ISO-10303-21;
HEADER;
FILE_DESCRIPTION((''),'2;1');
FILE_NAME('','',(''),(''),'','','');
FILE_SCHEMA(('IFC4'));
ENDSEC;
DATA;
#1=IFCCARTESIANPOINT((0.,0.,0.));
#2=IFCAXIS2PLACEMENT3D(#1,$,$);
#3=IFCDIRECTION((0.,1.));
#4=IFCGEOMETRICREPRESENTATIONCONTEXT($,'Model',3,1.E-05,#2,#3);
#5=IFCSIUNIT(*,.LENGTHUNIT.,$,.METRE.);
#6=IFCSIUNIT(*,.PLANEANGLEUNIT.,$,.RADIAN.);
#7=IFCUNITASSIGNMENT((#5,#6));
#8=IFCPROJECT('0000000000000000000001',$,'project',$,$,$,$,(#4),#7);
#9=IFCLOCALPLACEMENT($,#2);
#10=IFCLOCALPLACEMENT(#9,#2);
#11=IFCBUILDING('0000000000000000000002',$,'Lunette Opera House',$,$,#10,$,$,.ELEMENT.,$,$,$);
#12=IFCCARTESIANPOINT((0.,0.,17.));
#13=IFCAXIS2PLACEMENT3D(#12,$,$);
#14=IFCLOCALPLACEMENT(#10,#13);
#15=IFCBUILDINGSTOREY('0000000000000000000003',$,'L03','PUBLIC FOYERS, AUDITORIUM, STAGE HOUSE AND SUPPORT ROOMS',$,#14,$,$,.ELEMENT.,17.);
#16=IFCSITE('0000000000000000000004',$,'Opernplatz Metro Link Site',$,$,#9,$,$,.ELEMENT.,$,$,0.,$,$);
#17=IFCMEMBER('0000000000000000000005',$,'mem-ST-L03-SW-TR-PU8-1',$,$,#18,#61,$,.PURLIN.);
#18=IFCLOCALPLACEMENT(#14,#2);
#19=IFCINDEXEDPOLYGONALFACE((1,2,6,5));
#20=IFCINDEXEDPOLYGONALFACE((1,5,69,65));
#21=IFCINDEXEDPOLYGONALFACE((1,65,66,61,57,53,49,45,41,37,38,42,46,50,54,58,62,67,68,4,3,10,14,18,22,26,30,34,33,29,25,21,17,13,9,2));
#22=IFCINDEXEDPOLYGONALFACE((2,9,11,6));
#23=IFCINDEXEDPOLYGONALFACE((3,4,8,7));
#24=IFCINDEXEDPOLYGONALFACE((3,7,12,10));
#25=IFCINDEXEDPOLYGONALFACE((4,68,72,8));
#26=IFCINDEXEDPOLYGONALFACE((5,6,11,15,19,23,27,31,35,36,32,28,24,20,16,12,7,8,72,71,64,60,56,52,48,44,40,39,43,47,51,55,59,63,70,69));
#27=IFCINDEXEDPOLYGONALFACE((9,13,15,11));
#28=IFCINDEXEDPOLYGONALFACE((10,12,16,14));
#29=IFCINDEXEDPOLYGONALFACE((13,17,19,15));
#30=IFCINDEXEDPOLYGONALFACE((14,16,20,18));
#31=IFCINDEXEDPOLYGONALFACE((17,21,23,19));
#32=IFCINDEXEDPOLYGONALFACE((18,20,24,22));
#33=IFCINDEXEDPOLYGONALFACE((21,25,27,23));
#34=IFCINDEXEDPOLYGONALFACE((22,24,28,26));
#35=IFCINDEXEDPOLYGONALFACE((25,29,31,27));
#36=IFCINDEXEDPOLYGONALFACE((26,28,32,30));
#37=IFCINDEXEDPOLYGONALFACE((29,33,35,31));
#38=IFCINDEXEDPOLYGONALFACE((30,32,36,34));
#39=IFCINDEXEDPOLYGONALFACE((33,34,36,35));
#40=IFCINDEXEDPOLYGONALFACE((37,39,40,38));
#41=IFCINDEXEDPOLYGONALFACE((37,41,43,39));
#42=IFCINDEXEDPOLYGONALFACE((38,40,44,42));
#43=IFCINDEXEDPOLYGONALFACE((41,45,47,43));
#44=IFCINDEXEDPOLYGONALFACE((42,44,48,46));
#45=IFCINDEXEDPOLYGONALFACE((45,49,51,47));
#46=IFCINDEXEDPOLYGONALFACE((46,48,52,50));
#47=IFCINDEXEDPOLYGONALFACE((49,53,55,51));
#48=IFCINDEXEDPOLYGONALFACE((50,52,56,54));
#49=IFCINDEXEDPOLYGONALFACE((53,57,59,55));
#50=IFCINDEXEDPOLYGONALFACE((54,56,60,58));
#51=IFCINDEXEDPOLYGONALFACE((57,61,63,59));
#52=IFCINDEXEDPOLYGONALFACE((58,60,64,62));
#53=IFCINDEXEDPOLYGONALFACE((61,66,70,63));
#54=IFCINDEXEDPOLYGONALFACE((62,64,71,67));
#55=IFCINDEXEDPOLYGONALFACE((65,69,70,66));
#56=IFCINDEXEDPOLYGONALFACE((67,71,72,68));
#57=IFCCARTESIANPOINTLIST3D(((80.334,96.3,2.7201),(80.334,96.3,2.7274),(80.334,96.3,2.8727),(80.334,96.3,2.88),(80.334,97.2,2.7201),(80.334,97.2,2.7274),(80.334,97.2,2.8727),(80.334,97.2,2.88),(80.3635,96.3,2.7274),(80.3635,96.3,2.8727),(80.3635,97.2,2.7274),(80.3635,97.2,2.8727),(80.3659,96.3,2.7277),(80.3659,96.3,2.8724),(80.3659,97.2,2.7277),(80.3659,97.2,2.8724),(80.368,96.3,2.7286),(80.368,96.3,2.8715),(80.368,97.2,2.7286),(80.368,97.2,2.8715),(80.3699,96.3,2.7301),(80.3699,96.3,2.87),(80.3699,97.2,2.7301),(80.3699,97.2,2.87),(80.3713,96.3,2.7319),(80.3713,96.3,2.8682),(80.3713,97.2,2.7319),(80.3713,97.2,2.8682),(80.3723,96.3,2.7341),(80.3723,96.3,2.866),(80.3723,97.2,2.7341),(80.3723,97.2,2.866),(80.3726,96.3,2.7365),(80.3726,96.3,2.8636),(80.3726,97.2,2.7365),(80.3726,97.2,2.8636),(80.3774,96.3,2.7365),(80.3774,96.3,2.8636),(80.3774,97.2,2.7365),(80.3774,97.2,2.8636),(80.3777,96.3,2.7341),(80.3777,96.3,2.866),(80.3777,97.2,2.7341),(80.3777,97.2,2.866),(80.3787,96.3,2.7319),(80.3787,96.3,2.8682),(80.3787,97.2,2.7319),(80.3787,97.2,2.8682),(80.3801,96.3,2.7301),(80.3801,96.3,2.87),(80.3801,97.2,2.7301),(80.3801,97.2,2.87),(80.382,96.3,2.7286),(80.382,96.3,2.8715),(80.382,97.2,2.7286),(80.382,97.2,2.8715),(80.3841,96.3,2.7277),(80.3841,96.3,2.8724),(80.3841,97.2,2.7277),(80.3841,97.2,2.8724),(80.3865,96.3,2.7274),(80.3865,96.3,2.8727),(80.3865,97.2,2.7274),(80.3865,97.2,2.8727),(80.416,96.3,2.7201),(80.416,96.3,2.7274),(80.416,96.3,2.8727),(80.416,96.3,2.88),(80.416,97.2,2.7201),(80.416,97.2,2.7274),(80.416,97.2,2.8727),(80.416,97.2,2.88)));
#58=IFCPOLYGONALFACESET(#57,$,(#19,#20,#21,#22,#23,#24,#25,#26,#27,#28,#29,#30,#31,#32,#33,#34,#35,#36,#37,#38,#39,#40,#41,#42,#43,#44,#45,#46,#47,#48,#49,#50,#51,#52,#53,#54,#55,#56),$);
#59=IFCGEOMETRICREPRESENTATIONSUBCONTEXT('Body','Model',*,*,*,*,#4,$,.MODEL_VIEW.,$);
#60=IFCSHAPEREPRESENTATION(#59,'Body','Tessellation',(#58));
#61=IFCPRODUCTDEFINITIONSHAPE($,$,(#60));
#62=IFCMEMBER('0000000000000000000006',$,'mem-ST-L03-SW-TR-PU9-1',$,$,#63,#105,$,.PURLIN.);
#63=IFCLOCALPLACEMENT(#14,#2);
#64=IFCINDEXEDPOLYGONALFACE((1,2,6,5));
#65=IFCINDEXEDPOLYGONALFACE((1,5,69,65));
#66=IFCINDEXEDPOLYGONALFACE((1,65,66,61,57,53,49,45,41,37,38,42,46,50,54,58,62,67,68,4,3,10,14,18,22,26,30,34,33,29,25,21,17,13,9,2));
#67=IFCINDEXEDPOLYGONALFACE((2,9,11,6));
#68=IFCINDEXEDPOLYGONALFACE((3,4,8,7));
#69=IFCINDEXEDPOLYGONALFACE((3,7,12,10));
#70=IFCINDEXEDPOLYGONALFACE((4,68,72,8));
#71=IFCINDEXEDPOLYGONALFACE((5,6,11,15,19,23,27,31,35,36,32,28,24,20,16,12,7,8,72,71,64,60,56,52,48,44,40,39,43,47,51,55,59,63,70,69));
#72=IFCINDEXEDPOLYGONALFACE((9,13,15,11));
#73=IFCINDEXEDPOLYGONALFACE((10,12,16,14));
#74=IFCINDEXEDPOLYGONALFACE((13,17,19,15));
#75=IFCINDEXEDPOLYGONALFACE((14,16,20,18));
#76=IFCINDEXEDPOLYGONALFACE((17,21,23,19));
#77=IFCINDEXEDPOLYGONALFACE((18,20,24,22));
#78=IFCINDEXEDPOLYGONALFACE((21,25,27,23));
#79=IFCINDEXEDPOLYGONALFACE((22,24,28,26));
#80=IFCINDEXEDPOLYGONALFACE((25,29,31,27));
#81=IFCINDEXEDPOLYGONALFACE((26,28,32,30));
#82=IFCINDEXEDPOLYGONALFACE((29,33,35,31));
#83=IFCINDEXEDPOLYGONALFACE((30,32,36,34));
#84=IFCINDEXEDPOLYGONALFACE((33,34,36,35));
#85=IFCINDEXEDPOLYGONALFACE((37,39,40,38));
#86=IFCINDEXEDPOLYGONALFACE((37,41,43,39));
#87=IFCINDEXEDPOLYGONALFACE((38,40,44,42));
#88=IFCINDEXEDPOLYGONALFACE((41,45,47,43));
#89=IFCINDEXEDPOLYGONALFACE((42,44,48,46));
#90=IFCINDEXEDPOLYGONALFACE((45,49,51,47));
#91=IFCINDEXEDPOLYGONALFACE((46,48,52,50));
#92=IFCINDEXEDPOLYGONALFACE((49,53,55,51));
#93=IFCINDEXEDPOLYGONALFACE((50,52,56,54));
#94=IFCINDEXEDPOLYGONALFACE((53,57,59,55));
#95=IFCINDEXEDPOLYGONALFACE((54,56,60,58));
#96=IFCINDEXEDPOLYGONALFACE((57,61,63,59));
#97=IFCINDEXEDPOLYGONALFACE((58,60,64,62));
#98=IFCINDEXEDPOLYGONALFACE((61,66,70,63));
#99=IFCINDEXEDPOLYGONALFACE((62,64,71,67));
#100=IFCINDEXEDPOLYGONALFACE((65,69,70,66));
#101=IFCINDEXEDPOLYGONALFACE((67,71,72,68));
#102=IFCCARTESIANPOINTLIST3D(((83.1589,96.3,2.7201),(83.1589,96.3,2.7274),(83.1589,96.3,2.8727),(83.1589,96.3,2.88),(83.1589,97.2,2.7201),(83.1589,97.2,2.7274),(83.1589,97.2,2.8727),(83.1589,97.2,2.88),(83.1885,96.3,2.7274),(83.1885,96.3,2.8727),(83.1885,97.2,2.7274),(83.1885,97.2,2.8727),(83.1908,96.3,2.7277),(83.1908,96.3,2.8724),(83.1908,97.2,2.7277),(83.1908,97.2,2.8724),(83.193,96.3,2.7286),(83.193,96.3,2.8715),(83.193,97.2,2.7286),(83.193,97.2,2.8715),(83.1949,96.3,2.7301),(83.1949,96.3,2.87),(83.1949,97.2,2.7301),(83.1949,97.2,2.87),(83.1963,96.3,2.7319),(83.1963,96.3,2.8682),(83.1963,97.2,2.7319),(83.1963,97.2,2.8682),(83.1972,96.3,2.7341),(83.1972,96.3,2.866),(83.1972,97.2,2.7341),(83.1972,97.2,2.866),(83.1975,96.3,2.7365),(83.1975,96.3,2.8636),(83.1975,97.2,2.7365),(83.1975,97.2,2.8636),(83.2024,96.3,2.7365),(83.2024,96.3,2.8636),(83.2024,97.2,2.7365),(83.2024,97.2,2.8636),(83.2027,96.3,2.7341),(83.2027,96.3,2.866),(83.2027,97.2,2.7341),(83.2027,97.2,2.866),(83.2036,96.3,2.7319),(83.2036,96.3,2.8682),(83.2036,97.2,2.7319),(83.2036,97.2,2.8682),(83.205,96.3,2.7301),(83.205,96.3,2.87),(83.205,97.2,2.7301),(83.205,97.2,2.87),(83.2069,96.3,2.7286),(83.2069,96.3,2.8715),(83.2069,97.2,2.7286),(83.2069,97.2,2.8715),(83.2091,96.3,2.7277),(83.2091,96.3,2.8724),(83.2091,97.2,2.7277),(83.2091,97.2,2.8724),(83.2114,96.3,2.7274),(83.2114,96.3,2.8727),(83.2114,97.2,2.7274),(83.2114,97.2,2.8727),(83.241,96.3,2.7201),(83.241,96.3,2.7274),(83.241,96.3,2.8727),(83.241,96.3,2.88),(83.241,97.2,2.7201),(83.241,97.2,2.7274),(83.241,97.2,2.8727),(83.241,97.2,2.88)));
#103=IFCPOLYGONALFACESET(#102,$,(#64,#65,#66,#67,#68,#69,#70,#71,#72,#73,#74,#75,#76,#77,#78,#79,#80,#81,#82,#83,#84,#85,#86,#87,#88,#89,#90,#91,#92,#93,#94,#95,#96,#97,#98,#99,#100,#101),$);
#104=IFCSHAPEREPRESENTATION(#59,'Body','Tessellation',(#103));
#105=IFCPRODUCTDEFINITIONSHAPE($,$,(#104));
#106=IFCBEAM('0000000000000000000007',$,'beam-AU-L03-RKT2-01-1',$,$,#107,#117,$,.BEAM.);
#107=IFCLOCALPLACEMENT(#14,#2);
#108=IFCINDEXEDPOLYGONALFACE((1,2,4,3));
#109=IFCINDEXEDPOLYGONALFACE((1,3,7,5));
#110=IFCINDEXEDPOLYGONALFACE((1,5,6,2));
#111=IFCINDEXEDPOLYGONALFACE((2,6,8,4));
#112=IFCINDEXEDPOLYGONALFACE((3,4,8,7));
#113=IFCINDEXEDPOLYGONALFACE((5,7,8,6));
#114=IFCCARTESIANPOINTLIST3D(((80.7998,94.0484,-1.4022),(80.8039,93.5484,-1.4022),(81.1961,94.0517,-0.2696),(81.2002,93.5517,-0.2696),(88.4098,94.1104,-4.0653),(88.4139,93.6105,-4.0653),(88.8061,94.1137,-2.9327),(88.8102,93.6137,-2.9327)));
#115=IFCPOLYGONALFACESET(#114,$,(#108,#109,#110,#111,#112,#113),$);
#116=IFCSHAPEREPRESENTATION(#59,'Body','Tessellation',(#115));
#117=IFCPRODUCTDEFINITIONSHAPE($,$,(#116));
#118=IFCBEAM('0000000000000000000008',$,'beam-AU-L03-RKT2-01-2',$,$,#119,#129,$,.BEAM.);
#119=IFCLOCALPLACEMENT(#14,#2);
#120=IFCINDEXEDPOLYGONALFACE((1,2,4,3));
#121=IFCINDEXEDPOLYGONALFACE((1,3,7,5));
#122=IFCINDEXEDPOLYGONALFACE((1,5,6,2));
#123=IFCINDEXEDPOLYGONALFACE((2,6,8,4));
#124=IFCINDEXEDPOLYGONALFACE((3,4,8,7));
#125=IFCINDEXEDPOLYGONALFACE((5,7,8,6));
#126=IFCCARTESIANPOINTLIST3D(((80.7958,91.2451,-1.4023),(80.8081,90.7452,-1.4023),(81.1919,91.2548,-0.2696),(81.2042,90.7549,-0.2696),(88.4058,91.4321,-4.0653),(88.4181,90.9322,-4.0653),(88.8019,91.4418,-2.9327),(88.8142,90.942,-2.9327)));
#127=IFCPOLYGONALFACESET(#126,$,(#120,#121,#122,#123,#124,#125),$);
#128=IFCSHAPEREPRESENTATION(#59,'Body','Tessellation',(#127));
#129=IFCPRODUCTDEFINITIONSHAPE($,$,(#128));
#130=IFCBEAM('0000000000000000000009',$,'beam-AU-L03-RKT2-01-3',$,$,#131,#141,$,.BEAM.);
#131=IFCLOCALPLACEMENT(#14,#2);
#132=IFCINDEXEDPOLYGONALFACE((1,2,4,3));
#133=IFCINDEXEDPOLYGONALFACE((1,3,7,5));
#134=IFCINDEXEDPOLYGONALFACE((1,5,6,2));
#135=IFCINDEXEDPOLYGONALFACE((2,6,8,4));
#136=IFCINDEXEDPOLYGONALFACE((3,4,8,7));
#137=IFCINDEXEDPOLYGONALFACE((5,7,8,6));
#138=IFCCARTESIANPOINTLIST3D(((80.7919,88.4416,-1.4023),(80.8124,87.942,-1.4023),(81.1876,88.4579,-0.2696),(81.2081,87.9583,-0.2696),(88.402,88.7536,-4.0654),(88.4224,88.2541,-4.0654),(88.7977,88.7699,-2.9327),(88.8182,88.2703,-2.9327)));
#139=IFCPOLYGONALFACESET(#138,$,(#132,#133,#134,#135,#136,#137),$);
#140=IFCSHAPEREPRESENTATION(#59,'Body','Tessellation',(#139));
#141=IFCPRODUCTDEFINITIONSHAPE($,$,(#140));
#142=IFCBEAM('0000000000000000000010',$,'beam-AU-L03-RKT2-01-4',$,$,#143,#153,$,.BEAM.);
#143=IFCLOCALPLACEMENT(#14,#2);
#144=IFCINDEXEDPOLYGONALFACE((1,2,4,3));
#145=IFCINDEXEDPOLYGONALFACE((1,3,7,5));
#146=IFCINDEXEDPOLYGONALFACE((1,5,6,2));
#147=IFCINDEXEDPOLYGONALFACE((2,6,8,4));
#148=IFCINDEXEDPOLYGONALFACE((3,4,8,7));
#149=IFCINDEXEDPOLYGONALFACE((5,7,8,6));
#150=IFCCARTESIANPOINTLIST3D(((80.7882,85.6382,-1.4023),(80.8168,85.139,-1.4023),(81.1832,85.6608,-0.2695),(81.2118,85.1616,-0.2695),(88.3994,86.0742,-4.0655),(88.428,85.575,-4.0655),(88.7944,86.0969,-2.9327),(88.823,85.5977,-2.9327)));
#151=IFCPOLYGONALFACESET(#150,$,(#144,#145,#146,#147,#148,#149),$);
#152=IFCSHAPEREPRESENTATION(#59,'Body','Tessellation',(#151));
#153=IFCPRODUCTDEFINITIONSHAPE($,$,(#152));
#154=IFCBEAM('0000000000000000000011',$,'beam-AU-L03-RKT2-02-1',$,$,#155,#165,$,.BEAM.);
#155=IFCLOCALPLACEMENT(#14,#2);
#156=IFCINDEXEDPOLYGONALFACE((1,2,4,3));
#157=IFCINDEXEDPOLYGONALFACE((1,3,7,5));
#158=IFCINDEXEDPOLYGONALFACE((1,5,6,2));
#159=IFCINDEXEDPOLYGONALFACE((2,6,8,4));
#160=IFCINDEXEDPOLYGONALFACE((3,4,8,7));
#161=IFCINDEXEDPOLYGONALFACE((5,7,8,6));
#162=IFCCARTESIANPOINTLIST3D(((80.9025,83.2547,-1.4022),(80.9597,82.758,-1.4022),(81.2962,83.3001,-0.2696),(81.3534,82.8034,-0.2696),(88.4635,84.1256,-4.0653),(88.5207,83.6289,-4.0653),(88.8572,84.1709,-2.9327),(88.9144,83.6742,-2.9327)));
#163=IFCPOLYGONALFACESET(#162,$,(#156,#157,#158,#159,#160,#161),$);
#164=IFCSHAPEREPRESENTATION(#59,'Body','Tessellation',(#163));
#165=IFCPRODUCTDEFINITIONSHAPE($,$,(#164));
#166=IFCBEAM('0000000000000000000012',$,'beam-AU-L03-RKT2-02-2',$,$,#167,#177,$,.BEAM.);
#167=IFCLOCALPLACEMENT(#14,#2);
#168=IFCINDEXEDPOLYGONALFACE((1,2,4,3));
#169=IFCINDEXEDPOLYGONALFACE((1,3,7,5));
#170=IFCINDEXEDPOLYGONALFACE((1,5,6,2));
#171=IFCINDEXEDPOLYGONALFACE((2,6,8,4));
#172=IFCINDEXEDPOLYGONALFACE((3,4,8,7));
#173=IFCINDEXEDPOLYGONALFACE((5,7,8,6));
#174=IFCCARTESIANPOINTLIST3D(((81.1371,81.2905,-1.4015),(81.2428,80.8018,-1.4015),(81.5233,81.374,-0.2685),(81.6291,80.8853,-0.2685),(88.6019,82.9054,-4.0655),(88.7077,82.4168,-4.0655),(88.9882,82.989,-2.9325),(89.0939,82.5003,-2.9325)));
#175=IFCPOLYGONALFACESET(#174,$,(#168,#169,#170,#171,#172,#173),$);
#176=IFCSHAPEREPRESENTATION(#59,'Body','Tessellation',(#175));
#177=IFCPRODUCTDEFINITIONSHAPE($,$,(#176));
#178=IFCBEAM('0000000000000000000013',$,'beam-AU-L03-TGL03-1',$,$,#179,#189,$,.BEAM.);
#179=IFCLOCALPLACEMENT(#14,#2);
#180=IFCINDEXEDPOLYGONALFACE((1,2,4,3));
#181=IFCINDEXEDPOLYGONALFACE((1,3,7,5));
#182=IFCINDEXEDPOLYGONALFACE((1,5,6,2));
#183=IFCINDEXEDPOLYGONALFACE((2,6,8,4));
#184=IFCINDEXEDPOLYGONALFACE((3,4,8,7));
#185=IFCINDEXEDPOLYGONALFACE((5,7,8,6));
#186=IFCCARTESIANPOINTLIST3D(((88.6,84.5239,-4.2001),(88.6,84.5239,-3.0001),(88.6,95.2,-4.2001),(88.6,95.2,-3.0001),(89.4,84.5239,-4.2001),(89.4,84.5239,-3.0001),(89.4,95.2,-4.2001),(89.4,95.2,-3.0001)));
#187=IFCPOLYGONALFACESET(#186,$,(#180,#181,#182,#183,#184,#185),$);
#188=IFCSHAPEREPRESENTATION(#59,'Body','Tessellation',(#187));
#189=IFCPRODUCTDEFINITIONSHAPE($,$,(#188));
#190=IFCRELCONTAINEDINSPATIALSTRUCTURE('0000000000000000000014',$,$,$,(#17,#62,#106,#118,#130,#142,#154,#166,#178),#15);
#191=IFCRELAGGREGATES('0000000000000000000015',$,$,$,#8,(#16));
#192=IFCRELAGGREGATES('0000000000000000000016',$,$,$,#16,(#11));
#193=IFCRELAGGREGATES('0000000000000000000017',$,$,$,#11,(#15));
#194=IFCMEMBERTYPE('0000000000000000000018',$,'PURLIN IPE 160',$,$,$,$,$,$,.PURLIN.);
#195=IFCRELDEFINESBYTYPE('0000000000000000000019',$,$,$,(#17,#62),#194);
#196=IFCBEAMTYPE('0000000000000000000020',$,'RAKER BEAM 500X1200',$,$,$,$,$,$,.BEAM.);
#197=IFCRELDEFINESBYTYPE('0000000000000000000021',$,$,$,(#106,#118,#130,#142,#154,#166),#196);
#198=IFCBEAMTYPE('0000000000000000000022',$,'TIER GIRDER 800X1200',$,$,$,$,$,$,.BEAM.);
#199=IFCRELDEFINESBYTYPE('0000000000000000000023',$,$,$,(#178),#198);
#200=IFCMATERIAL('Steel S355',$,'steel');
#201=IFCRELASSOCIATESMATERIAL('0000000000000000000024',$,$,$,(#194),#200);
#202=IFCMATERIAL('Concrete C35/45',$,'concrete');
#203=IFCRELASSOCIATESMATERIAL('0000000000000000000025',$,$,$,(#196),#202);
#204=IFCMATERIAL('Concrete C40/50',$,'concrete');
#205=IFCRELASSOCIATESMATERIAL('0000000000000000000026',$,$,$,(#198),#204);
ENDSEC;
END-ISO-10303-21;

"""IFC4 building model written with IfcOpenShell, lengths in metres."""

from ifc_helpers import new_model, si_unit, direction, frame, origin, origin_2d, place, context, subcontext, project, spatial, rectangle, i_section, extrude, material, material_profile, profile_set, type_object, element, save


model = new_model("IFC4")

# Units and contexts
model_context = context("Model", 3, precision=1e-05, world=origin(), true_north=direction((0.0, 1.0)))
body_context = subcontext(model_context, "Body", "Model", "MODEL_VIEW")
ifc_project = project(units=[si_unit("LENGTHUNIT", "METRE"), si_unit("PLANEANGLEUNIT", "RADIAN")], contexts=[model_context])

# Site, building, storey
site_placement = place(None, origin())
site = spatial("IfcSite", under=ifc_project, at=site_placement, Name="Opernplatz Metro Link Site", CompositionType="ELEMENT", RefElevation=0.0)
building_placement = place(site_placement, origin())
building = spatial("IfcBuilding", under=site, at=building_placement, Name="Lunette Opera House", CompositionType="ELEMENT")
storey_placement = place(building_placement, frame((0.0, 0.0, 17.0)))
storey = spatial("IfcBuildingStorey", under=building, at=storey_placement, Name="L03", Description="PUBLIC FOYERS, AUDITORIUM, STAGE HOUSE AND SUPPORT ROOMS", CompositionType="ELEMENT", Elevation=17.0)

# Members
ifc_material_1 = material(Name="Steel S355", Category="steel")
ifc_material_profile_1 = material_profile(ifc_material_1, i_section(OverallWidth=0.082, OverallDepth=0.1599, WebThickness=0.0049, FlangeThickness=0.0073, FilletRadius=0.009, at=origin_2d()), Name="IPE 160")
ifc_profile_set_1 = profile_set([ifc_material_profile_1], Name="Steel S355")
member_type_1 = type_object("IfcMemberType", Name="PURLIN IPE 160", PredefinedType="PURLIN", material=ifc_profile_set_1)
for number, where, z_axis, x_axis, name in (
    (1, (80.375, 96.3, 2.8), (0.0, 1.0, 0.0), (-1.0, 0.0, 0.0), "mem-ST-L03-SW-TR-PU8-1"),
    (2, (83.2, 96.3, 2.8), (0.0, 1.0, 0.0), (-1.0, 0.0, 0.0), "mem-ST-L03-SW-TR-PU9-1"),
):
    element("IfcMember", number, at=place(storey_placement, frame(where, z_axis=z_axis, x_axis=x_axis)), inside=storey, type_object=member_type_1, Name=name, PredefinedType="PURLIN", context=body_context, shape_type="SweptSolid", body=[
        extrude(i_section(OverallWidth=0.082, OverallDepth=0.1599, WebThickness=0.0049, FlangeThickness=0.0073, FilletRadius=0.009, at=origin_2d()), origin(), (0.0, 0.0, 1.0), 0.8999),
    ])

# Beams
ifc_material_2 = material(Name="Concrete C35/45", Category="concrete")
ifc_material_profile_2 = material_profile(ifc_material_2, rectangle(XDim=0.5, YDim=1.2, at=origin_2d()), Name="RAKER BEAM 500X1200")
ifc_profile_set_2 = profile_set([ifc_material_profile_2], Name="Concrete C35/45")
beam_type_1 = type_object("IfcBeamType", Name="RAKER BEAM 500X1200", PredefinedType="BEAM", material=ifc_profile_set_2)
beam_1_placement = place(storey_placement, frame((81.0, 93.8, -0.8359), z_axis=(0.943848, 0.007691, -0.330291), x_axis=(-0.008148, 0.999967, 0.0)))
element("IfcBeam", 3, at=beam_1_placement, inside=storey, type_object=beam_type_1, Name="beam-AU-L03-RKT2-01-1", PredefinedType="BEAM", context=body_context, shape_type="SweptSolid", body=[
    extrude(rectangle(XDim=0.5, YDim=1.2, at=origin_2d()), origin(), (0.0, 0.0, 1.0), 8.0627),
])
beam_2_placement = place(storey_placement, frame((81.0, 91.0, -0.8359), z_axis=(0.943622, 0.023189, -0.330212), x_axis=(-0.024567, 0.999698, 0.0)))
element("IfcBeam", 4, at=beam_2_placement, inside=storey, type_object=beam_type_1, Name="beam-AU-L03-RKT2-01-2", PredefinedType="BEAM", context=body_context, shape_type="SweptSolid", body=[
    extrude(rectangle(XDim=0.5, YDim=1.2, at=origin_2d()), origin(), (0.0, 0.0, 1.0), 8.0647),
])
beam_3_placement = place(storey_placement, frame((81.0, 88.2, -0.8359), z_axis=(0.94317, 0.03867, -0.330053), x_axis=(-0.040965, 0.999161, 0.0)))
element("IfcBeam", 5, at=beam_3_placement, inside=storey, type_object=beam_type_1, Name="beam-AU-L03-RKT2-01-3", PredefinedType="BEAM", context=body_context, shape_type="SweptSolid", body=[
    extrude(rectangle(XDim=0.5, YDim=1.2, at=origin_2d()), origin(), (0.0, 0.0, 1.0), 8.0686),
])
beam_4_placement = place(storey_placement, frame((81.0, 85.3999, -0.8359), z_axis=(0.942512, 0.053996, -0.329781), x_axis=(-0.057196, 0.998363, 0.0)))
element("IfcBeam", 6, at=beam_4_placement, inside=storey, type_object=beam_type_1, Name="beam-AU-L03-RKT2-01-4", PredefinedType="BEAM", context=body_context, shape_type="SweptSolid", body=[
    extrude(rectangle(XDim=0.5, YDim=1.2, at=origin_2d()), origin(), (0.0, 0.0, 1.0), 8.0754),
])
beam_5_placement = place(storey_placement, frame((81.1279, 83.0291, -0.8359), z_axis=(0.937689, 0.107999, -0.330265), x_axis=(-0.11442, 0.993433, 0.0)))
element("IfcBeam", 7, at=beam_5_placement, inside=storey, type_object=beam_type_1, Name="beam-AU-L03-RKT2-02-1", PredefinedType="BEAM", context=body_context, shape_type="SweptSolid", body=[
    extrude(rectangle(XDim=0.5, YDim=1.2, at=origin_2d()), origin(), (0.0, 0.0, 1.0), 8.0635),
])
beam_6_placement = place(storey_placement, frame((81.3831, 81.0879, -0.835), z_axis=(0.922857, 0.199657, -0.32935), x_axis=(-0.211454, 0.977388, 0.0)))
element("IfcBeam", 8, at=beam_6_placement, inside=storey, type_object=beam_type_1, Name="beam-AU-L03-RKT2-02-2", PredefinedType="BEAM", context=body_context, shape_type="SweptSolid", body=[
    extrude(rectangle(XDim=0.5, YDim=1.2, at=origin_2d()), origin(), (0.0, 0.0, 1.0), 8.0889),
])
ifc_material_3 = material(Name="Concrete C40/50", Category="concrete")
ifc_material_profile_3 = material_profile(ifc_material_3, rectangle(XDim=0.8, YDim=1.2, at=origin_2d()), Name="TIER GIRDER 800X1200")
ifc_profile_set_3 = profile_set([ifc_material_profile_3], Name="Concrete C40/50")
beam_type_2 = type_object("IfcBeamType", Name="TIER GIRDER 800X1200", PredefinedType="BEAM", material=ifc_profile_set_3)
beam_7_placement = place(storey_placement, frame((89.0, 95.2, -3.6001), z_axis=(0.0, -1.0, 0.0), x_axis=(1.0, 0.0, 0.0)))
element("IfcBeam", 9, at=beam_7_placement, inside=storey, type_object=beam_type_2, Name="beam-AU-L03-TGL03-1", PredefinedType="BEAM", context=body_context, shape_type="SweptSolid", body=[
    extrude(rectangle(XDim=0.8, YDim=1.2, at=origin_2d()), origin(), (0.0, 0.0, 1.0), 10.676),
])

save(model, "model.ifc")
